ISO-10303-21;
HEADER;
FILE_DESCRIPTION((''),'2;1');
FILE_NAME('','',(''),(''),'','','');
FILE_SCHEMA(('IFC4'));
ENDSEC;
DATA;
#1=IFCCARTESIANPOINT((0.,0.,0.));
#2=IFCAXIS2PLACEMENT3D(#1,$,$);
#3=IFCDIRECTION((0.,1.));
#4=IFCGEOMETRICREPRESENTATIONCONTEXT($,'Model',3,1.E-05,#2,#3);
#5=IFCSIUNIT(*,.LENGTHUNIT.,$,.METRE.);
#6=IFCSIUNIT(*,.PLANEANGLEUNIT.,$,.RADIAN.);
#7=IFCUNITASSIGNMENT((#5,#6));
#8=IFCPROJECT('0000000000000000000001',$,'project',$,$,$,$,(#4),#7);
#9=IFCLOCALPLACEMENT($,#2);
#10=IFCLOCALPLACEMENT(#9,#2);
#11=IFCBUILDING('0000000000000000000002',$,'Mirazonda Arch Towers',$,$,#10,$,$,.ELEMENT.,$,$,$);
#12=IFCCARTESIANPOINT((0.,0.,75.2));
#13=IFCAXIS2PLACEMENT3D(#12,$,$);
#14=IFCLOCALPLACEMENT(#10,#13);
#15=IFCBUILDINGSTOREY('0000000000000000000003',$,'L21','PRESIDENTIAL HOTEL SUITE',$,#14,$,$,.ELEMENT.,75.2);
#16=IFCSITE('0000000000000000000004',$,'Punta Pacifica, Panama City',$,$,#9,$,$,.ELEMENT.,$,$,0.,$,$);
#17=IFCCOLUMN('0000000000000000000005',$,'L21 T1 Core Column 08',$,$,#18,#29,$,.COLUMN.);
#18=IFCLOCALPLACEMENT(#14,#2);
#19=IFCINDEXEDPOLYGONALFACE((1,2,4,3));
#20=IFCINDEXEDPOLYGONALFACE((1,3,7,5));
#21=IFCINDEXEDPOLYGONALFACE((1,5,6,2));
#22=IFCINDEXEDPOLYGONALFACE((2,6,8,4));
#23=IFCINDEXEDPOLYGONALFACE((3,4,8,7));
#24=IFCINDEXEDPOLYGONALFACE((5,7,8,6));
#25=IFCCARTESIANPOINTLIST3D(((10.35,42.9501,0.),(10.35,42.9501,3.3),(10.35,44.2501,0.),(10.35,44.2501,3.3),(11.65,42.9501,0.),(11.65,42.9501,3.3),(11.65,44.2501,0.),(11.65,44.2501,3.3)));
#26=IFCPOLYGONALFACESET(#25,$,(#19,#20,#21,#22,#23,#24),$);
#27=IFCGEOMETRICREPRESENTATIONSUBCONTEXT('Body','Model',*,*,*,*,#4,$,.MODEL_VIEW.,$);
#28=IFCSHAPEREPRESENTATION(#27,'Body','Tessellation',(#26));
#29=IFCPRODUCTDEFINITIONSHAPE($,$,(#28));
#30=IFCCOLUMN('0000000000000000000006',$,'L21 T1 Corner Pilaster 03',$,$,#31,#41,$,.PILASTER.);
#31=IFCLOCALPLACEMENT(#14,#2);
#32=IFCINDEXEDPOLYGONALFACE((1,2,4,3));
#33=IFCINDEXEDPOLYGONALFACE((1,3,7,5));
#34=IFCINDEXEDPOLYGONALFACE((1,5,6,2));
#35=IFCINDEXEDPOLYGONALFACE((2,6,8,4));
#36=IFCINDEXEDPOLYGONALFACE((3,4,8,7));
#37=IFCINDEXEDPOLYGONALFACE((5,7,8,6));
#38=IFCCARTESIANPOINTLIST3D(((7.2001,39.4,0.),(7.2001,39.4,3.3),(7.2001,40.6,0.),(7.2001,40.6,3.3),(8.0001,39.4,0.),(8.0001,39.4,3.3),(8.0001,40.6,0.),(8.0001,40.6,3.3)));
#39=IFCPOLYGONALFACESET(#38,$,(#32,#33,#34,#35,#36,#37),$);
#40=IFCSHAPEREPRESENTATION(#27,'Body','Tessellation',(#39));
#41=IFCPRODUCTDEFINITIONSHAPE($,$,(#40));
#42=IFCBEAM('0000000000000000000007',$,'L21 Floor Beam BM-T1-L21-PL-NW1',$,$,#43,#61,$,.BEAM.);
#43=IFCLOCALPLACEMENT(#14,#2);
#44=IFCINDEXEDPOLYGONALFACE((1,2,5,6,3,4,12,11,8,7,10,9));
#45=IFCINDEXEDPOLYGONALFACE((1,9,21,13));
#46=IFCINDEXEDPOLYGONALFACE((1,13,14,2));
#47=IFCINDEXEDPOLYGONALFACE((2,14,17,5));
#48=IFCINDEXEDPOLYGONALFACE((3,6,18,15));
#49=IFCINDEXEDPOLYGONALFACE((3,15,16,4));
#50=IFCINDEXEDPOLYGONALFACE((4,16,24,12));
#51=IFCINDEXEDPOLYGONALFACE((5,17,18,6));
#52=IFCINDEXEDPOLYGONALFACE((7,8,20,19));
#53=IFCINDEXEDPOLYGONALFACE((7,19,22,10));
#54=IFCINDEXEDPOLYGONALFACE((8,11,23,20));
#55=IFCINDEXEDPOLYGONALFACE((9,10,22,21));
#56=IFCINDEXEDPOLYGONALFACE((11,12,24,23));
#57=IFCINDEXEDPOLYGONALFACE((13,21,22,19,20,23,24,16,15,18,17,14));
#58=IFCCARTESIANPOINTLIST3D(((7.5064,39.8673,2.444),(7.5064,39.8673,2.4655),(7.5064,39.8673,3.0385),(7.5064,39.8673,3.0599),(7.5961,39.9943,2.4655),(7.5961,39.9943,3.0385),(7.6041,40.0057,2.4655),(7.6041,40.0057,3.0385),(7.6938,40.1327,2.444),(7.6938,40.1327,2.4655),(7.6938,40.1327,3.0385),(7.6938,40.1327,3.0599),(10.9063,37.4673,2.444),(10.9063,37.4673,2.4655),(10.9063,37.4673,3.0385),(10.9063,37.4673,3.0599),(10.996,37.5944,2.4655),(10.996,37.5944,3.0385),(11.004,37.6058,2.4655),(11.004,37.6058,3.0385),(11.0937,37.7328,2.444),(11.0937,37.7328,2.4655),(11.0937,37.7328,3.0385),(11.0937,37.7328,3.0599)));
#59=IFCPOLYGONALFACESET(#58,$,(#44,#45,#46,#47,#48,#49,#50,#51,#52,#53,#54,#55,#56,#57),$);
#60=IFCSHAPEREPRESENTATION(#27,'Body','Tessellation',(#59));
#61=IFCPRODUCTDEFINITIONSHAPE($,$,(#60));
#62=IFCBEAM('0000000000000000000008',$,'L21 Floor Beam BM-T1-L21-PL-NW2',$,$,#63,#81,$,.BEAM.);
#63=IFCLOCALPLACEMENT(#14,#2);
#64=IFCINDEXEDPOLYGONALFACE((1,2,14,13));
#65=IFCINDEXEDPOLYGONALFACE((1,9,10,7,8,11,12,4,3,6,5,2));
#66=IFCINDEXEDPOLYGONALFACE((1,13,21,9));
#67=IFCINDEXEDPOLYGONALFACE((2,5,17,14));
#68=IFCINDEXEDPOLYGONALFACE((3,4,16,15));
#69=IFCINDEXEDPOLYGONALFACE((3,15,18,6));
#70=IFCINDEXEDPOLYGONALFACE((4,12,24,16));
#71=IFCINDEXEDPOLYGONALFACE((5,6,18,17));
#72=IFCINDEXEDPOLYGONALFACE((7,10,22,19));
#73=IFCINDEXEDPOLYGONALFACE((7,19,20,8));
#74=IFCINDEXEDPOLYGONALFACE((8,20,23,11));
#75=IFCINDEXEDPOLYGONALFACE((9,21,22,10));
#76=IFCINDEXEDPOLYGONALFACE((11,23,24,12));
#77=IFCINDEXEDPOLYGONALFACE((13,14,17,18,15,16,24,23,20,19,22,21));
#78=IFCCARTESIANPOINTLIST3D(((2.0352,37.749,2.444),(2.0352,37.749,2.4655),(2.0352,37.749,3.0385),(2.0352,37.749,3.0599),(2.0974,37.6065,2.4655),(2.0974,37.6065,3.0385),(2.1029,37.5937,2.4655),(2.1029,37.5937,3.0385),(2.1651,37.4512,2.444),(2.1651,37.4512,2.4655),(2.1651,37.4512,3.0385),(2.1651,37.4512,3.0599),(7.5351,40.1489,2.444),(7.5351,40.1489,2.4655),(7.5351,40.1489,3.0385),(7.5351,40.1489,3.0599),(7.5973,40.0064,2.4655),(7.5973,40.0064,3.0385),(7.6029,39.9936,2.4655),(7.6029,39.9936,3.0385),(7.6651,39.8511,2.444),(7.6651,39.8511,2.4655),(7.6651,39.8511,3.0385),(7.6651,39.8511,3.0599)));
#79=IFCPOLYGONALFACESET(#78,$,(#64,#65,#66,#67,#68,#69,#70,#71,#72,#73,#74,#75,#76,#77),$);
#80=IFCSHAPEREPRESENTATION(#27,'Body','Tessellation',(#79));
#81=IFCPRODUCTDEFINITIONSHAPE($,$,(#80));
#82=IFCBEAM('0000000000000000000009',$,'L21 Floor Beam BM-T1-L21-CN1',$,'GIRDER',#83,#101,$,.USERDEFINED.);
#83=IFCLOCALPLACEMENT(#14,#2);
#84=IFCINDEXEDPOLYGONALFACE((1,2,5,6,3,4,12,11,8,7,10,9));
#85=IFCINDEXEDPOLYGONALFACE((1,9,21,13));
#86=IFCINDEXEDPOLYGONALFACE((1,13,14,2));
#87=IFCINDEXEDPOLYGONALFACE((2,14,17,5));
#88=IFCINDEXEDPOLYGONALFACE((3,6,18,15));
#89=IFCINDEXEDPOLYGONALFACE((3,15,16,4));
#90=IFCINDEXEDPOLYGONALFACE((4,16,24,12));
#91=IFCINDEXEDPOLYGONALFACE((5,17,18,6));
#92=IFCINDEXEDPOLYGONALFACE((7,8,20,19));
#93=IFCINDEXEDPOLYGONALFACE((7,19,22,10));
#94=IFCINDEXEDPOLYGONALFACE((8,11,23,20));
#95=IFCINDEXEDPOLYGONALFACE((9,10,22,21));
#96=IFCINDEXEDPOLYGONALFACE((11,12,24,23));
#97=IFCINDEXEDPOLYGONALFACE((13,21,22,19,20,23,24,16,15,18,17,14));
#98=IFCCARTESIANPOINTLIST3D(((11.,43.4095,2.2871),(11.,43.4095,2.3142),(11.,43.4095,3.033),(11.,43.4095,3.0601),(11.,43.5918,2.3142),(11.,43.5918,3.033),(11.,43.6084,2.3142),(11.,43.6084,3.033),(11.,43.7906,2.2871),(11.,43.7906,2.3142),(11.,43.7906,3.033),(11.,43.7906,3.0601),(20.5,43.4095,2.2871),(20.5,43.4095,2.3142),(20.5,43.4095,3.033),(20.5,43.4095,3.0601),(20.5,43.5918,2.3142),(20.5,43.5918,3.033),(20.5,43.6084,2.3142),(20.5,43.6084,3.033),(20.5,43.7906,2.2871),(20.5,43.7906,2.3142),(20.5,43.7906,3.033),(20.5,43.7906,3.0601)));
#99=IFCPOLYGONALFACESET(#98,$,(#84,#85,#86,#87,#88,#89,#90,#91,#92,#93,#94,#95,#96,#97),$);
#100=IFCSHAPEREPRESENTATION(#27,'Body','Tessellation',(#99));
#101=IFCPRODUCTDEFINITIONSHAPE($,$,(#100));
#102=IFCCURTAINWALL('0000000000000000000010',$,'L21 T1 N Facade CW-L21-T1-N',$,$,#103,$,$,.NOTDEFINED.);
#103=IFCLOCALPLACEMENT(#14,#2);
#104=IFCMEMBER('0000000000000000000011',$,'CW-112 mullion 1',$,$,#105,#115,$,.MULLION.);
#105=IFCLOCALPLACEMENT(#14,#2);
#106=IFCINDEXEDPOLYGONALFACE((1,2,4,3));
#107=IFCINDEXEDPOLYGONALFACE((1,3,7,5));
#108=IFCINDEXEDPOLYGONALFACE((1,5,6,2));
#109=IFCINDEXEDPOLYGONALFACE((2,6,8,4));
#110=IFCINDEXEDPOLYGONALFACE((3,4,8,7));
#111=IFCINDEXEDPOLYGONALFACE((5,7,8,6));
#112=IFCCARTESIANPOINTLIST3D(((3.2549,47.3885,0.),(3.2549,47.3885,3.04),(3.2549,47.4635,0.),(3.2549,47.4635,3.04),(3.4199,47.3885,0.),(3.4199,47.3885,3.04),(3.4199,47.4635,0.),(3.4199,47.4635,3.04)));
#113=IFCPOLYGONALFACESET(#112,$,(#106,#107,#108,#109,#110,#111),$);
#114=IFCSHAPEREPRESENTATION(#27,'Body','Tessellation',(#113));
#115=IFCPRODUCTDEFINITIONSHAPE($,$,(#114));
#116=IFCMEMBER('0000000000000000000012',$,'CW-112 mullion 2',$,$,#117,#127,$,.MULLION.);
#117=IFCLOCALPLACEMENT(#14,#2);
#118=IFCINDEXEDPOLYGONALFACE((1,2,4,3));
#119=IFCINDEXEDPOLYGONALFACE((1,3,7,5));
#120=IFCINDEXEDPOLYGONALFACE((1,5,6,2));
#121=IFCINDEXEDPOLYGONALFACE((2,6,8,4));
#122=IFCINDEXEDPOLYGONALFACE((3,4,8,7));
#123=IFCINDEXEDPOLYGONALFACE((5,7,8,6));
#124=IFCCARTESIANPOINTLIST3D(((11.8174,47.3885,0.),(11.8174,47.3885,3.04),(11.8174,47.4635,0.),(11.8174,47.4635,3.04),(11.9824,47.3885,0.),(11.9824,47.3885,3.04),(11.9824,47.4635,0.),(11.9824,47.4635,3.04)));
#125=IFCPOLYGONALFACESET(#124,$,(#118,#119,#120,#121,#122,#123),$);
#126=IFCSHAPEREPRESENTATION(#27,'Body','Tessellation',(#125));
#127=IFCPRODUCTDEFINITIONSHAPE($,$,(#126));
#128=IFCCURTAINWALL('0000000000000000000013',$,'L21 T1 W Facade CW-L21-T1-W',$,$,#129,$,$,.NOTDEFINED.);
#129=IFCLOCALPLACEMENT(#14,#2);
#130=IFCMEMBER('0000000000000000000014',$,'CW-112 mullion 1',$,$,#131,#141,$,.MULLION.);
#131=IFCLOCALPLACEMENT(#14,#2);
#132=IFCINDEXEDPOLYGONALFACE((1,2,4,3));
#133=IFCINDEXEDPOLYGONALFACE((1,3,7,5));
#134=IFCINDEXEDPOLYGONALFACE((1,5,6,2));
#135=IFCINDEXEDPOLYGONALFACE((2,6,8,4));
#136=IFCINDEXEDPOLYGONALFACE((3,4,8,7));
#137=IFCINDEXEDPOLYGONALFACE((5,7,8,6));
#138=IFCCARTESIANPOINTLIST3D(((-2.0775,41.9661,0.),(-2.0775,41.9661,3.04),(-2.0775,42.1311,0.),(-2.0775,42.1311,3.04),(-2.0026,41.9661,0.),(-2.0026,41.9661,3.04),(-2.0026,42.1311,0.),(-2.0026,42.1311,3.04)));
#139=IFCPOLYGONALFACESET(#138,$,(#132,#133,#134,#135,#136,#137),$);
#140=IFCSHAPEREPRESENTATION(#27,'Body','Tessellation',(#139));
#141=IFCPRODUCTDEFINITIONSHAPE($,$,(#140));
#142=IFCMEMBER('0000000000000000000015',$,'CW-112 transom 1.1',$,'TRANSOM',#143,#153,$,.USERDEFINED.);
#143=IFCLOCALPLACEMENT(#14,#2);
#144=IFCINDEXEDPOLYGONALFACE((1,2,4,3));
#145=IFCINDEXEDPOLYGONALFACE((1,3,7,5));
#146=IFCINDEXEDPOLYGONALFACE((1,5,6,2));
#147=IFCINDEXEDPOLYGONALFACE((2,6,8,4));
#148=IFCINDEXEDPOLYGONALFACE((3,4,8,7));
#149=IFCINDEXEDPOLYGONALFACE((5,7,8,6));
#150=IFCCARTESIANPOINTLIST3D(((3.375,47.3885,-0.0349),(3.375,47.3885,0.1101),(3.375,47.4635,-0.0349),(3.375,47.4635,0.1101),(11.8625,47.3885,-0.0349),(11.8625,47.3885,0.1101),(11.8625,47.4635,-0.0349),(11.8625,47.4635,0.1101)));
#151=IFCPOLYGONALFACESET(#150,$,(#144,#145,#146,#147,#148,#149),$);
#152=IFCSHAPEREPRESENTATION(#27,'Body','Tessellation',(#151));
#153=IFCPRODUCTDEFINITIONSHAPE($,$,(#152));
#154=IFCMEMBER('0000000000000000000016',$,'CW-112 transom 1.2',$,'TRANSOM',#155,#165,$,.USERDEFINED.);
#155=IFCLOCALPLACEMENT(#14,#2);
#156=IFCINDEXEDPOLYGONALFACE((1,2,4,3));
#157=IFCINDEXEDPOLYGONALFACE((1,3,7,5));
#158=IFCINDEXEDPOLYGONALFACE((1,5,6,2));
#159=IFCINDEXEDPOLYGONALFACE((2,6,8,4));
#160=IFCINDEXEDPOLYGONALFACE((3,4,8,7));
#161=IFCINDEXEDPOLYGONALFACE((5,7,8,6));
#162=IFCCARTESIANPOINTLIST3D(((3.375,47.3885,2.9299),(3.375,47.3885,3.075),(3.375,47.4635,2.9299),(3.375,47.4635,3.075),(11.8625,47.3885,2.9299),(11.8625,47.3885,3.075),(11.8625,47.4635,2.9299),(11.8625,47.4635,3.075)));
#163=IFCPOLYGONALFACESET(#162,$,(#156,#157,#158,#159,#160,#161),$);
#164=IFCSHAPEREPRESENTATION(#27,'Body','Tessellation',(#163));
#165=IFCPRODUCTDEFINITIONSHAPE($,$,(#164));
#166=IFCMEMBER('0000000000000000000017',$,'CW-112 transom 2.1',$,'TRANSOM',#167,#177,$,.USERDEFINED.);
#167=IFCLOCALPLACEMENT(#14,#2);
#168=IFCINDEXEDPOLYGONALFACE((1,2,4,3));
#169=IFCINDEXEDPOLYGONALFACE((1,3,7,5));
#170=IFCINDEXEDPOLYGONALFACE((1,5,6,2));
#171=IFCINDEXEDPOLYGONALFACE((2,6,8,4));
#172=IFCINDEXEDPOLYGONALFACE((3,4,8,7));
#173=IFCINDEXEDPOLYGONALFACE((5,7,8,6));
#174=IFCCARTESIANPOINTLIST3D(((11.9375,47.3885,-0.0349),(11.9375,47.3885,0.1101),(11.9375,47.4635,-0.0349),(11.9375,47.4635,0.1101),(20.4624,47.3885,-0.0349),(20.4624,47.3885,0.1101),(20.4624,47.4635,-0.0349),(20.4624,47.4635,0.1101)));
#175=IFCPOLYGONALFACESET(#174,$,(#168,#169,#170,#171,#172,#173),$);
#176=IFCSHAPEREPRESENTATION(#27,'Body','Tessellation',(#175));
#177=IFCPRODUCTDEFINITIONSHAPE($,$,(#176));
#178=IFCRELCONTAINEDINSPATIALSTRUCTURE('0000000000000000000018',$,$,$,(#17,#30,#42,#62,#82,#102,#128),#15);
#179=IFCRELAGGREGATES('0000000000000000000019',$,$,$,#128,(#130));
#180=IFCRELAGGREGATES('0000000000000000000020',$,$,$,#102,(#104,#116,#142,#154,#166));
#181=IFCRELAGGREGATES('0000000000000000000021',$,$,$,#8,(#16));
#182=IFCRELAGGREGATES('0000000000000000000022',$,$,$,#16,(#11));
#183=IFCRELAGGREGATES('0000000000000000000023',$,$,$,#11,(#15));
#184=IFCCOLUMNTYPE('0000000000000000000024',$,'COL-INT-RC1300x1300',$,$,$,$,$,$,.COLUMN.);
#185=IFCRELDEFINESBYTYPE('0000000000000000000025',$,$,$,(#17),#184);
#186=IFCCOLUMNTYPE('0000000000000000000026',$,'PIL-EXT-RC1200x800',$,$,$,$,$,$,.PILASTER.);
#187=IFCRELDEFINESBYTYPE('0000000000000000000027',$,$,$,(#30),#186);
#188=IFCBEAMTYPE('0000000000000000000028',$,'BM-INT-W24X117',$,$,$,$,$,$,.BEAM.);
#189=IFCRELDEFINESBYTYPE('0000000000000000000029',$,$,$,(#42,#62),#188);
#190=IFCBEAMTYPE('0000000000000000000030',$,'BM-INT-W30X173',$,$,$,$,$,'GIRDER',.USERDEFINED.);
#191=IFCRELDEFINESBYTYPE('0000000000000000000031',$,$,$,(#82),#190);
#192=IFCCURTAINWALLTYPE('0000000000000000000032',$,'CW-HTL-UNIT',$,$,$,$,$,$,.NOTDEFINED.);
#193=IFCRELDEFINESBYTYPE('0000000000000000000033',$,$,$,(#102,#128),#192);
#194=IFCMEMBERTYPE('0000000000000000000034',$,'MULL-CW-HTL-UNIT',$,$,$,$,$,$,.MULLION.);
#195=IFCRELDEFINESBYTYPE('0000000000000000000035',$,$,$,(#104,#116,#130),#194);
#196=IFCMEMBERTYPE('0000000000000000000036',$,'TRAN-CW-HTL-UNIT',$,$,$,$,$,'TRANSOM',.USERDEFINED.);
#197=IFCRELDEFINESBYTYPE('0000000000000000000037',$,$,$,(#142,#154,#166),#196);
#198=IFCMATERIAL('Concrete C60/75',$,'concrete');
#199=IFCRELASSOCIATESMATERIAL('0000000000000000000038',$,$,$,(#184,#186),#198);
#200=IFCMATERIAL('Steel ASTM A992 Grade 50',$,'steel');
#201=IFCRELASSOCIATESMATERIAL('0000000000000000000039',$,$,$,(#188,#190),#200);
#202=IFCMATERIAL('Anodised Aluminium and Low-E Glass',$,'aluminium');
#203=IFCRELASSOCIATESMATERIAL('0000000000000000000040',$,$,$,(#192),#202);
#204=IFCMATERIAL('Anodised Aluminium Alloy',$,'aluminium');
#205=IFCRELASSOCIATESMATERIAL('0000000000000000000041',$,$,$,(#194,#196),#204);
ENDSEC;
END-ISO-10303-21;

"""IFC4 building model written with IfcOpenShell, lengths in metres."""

from ifc_helpers import new_model, si_unit, direction, frame, origin, origin_2d, place, context, subcontext, project, spatial, rectangle, i_section, extrude, material, material_profile, profile_set, type_object, element, aggregate, save


model = new_model("IFC4")

# Units and contexts
model_context = context("Model", 3, precision=1e-05, world=origin(), true_north=direction((0.0, 1.0)))
body_context = subcontext(model_context, "Body", "Model", "MODEL_VIEW")
ifc_project = project(units=[si_unit("LENGTHUNIT", "METRE"), si_unit("PLANEANGLEUNIT", "RADIAN")], contexts=[model_context])

# Site, building, storey
site_placement = place(None, origin())
site = spatial("IfcSite", under=ifc_project, at=site_placement, Name="Punta Pacifica, Panama City", CompositionType="ELEMENT", RefElevation=0.0)
building_placement = place(site_placement, origin())
building = spatial("IfcBuilding", under=site, at=building_placement, Name="Mirazonda Arch Towers", CompositionType="ELEMENT")
storey_placement = place(building_placement, frame((0.0, 0.0, 75.2)))
storey = spatial("IfcBuildingStorey", under=building, at=storey_placement, Name="L21", Description="PRESIDENTIAL HOTEL SUITE", CompositionType="ELEMENT", Elevation=75.2)

# Columns
ifc_material_1 = material(Name="Concrete C60/75", Category="concrete")
ifc_material_profile_1 = material_profile(ifc_material_1, rectangle(XDim=1.3, YDim=1.3, at=origin_2d()), Name="RC1300x1300")
ifc_profile_set_1 = profile_set([ifc_material_profile_1], Name="Concrete C60/75")
column_type_1 = type_object("IfcColumnType", Name="COL-INT-RC1300x1300", PredefinedType="COLUMN", material=ifc_profile_set_1)
column_1_placement = place(storey_placement, frame((11.0, 43.6001, 0.0), z_axis=(0.0, 0.0, 1.0), x_axis=(1.0, 0.0, 0.0)))
element("IfcColumn", 1, at=column_1_placement, inside=storey, type_object=column_type_1, Name="L21 T1 Core Column 08", PredefinedType="COLUMN", context=body_context, shape_type="SweptSolid", body=[
    extrude(rectangle(XDim=1.3, YDim=1.3, at=origin_2d()), origin(), (0.0, 0.0, 1.0), 3.3),
])
ifc_material_profile_2 = material_profile(ifc_material_1, rectangle(XDim=0.8, YDim=1.2, at=origin_2d()), Name="RC1200x800")
ifc_profile_set_2 = profile_set([ifc_material_profile_2], Name="Concrete C60/75")
column_type_2 = type_object("IfcColumnType", Name="PIL-EXT-RC1200x800", PredefinedType="PILASTER", material=ifc_profile_set_2)
column_2_placement = place(storey_placement, frame((7.6001, 40.0, 0.0), z_axis=(0.0, 0.0, 1.0), x_axis=(1.0, 0.0, 0.0)))
element("IfcColumn", 2, at=column_2_placement, inside=storey, type_object=column_type_2, Name="L21 T1 Corner Pilaster 03", PredefinedType="PILASTER", context=body_context, shape_type="SweptSolid", body=[
    extrude(rectangle(XDim=0.8, YDim=1.2, at=origin_2d()), origin(), (0.0, 0.0, 1.0), 3.3),
])

# Beams
ifc_material_2 = material(Name="Steel ASTM A992 Grade 50", Category="steel")
ifc_material_profile_3 = material_profile(ifc_material_2, i_section(OverallWidth=0.325, OverallDepth=0.616, WebThickness=0.0139, FlangeThickness=0.0215, at=origin_2d()), Name="W24X117")
ifc_profile_set_3 = profile_set([ifc_material_profile_3], Name="Steel ASTM A992 Grade 50")
beam_type_1 = type_object("IfcBeamType", Name="BM-INT-W24X117", PredefinedType="BEAM", material=ifc_profile_set_3)
beam_1_placement = place(storey_placement, frame((7.6001, 40.0, 2.752), z_axis=(0.816971, -0.576679, 0.0), x_axis=(0.576679, 0.816971, 0.0)))
element("IfcBeam", 3, at=beam_1_placement, inside=storey, type_object=beam_type_1, Name="L21 Floor Beam BM-T1-L21-PL-NW1", PredefinedType="BEAM", context=body_context, shape_type="SweptSolid", body=[
    extrude(i_section(OverallWidth=0.325, OverallDepth=0.616, WebThickness=0.0139, FlangeThickness=0.0215, at=origin_2d()), origin(), (0.0, 0.0, 1.0), 4.1616),
])
beam_2_placement = place(storey_placement, frame((7.6001, 40.0, 2.752), z_axis=(-0.916545, -0.399931, 0.0), x_axis=(0.399931, -0.916545, 0.0)))
element("IfcBeam", 4, at=beam_2_placement, inside=storey, type_object=beam_type_1, Name="L21 Floor Beam BM-T1-L21-PL-NW2", PredefinedType="BEAM", context=body_context, shape_type="SweptSolid", body=[
    extrude(i_section(OverallWidth=0.325, OverallDepth=0.616, WebThickness=0.0139, FlangeThickness=0.0215, at=origin_2d()), origin(), (0.0, 0.0, 1.0), 6.0007),
])
ifc_material_profile_4 = material_profile(ifc_material_2, i_section(OverallWidth=0.3811, OverallDepth=0.7729, WebThickness=0.0166, FlangeThickness=0.0271, at=origin_2d()), Name="W30X173")
ifc_profile_set_4 = profile_set([ifc_material_profile_4], Name="Steel ASTM A992 Grade 50")
beam_type_2 = type_object("IfcBeamType", Name="BM-INT-W30X173", ElementType="GIRDER", PredefinedType="USERDEFINED", material=ifc_profile_set_4)
beam_3_placement = place(storey_placement, frame((11.0, 43.6001, 2.6736), z_axis=(1.0, 0.0, 0.0), x_axis=(0.0, 1.0, 0.0)))
element("IfcBeam", 5, at=beam_3_placement, inside=storey, type_object=beam_type_2, Name="L21 Floor Beam BM-T1-L21-CN1", ObjectType="GIRDER", PredefinedType="USERDEFINED", context=body_context, shape_type="SweptSolid", body=[
    extrude(i_section(OverallWidth=0.3811, OverallDepth=0.7729, WebThickness=0.0166, FlangeThickness=0.0271, at=origin_2d()), origin(), (0.0, 0.0, 1.0), 9.5),
])

# Curtain wall, members
ifc_material_3 = material(Name="Anodised Aluminium and Low-E Glass", Category="aluminium")
curtain_wall_type = type_object("IfcCurtainWallType", Name="CW-HTL-UNIT", PredefinedType="NOTDEFINED", material=ifc_material_3)
curtain_wall_1_placement = place(storey_placement, origin())
curtain_wall_1 = element("IfcCurtainWall", 6, at=curtain_wall_1_placement, inside=storey, type_object=curtain_wall_type, Name="L21 T1 N Facade CW-L21-T1-N", PredefinedType="NOTDEFINED")
ifc_material_4 = material(Name="Anodised Aluminium Alloy", Category="aluminium")
ifc_material_profile_5 = material_profile(ifc_material_4, rectangle(XDim=0.075, YDim=0.165, at=origin_2d()), Name="ALU-MULL-75x165")
ifc_profile_set_5 = profile_set([ifc_material_profile_5], Name="Anodised Aluminium Alloy")
member_type_1 = type_object("IfcMemberType", Name="MULL-CW-HTL-UNIT", PredefinedType="MULLION", material=ifc_profile_set_5)
member_1_placement = place(storey_placement, frame((3.3374, 47.426, 0.0), z_axis=(0.0, 0.0, 1.0), x_axis=(0.0, 1.0, 0.0)))
member_1 = element("IfcMember", 7, at=member_1_placement, type_object=member_type_1, Name="CW-112 mullion 1", PredefinedType="MULLION", context=body_context, shape_type="SweptSolid", body=[
    extrude(rectangle(XDim=0.075, YDim=0.165, at=origin_2d()), origin(), (0.0, 0.0, 1.0), 3.04),
])
member_2_placement = place(storey_placement, frame((11.8999, 47.426, 0.0), z_axis=(0.0, 0.0, 1.0), x_axis=(0.0, 1.0, 0.0)))
member_2 = element("IfcMember", 8, at=member_2_placement, type_object=member_type_1, Name="CW-112 mullion 2", PredefinedType="MULLION", context=body_context, shape_type="SweptSolid", body=[
    extrude(rectangle(XDim=0.075, YDim=0.165, at=origin_2d()), origin(), (0.0, 0.0, 1.0), 3.04),
])

# Curtain wall, member
curtain_wall_2_placement = place(storey_placement, origin())
curtain_wall_2 = element("IfcCurtainWall", 9, at=curtain_wall_2_placement, inside=storey, type_object=curtain_wall_type, Name="L21 T1 W Facade CW-L21-T1-W", PredefinedType="NOTDEFINED")
member_3_placement = place(storey_placement, frame((-2.04, 42.0486, 0.0), z_axis=(0.0, 0.0, 1.0), x_axis=(1.0, 0.0, 0.0)))
member_3 = element("IfcMember", 10, at=member_3_placement, type_object=member_type_1, Name="CW-112 mullion 1", PredefinedType="MULLION", context=body_context, shape_type="SweptSolid", body=[
    extrude(rectangle(XDim=0.075, YDim=0.165, at=origin_2d()), origin(), (0.0, 0.0, 1.0), 3.04),
])

# Members
ifc_material_profile_6 = material_profile(ifc_material_4, rectangle(XDim=0.075, YDim=0.145, at=origin_2d()), Name="ALU-TRAN-75x145")
ifc_profile_set_6 = profile_set([ifc_material_profile_6], Name="Anodised Aluminium Alloy")
member_type_2 = type_object("IfcMemberType", Name="TRAN-CW-HTL-UNIT", ElementType="TRANSOM", PredefinedType="USERDEFINED", material=ifc_profile_set_6)
member_4_placement = place(storey_placement, frame((3.375, 47.426, 0.0376), z_axis=(1.0, 0.0, 0.0), x_axis=(0.0, 1.0, 0.0)))
member_4 = element("IfcMember", 11, at=member_4_placement, type_object=member_type_2, Name="CW-112 transom 1.1", ObjectType="TRANSOM", PredefinedType="USERDEFINED", context=body_context, shape_type="SweptSolid", body=[
    extrude(rectangle(XDim=0.075, YDim=0.145, at=origin_2d()), origin(), (0.0, 0.0, 1.0), 8.4875),
])
member_5_placement = place(storey_placement, frame((3.375, 47.426, 3.0024), z_axis=(1.0, 0.0, 0.0), x_axis=(0.0, 1.0, 0.0)))
member_5 = element("IfcMember", 12, at=member_5_placement, type_object=member_type_2, Name="CW-112 transom 1.2", ObjectType="TRANSOM", PredefinedType="USERDEFINED", context=body_context, shape_type="SweptSolid", body=[
    extrude(rectangle(XDim=0.075, YDim=0.145, at=origin_2d()), origin(), (0.0, 0.0, 1.0), 8.4875),
])
member_6_placement = place(storey_placement, frame((11.9375, 47.426, 0.0376), z_axis=(1.0, 0.0, 0.0), x_axis=(0.0, 1.0, 0.0)))
member_6 = element("IfcMember", 13, at=member_6_placement, type_object=member_type_2, Name="CW-112 transom 2.1", ObjectType="TRANSOM", PredefinedType="USERDEFINED", context=body_context, shape_type="SweptSolid", body=[
    extrude(rectangle(XDim=0.075, YDim=0.145, at=origin_2d()), origin(), (0.0, 0.0, 1.0), 8.5249),
])
aggregate(curtain_wall_2, [member_3])

aggregate(curtain_wall_1, [member_1, member_2, member_4, member_5, member_6])

save(model, "model.ifc")
